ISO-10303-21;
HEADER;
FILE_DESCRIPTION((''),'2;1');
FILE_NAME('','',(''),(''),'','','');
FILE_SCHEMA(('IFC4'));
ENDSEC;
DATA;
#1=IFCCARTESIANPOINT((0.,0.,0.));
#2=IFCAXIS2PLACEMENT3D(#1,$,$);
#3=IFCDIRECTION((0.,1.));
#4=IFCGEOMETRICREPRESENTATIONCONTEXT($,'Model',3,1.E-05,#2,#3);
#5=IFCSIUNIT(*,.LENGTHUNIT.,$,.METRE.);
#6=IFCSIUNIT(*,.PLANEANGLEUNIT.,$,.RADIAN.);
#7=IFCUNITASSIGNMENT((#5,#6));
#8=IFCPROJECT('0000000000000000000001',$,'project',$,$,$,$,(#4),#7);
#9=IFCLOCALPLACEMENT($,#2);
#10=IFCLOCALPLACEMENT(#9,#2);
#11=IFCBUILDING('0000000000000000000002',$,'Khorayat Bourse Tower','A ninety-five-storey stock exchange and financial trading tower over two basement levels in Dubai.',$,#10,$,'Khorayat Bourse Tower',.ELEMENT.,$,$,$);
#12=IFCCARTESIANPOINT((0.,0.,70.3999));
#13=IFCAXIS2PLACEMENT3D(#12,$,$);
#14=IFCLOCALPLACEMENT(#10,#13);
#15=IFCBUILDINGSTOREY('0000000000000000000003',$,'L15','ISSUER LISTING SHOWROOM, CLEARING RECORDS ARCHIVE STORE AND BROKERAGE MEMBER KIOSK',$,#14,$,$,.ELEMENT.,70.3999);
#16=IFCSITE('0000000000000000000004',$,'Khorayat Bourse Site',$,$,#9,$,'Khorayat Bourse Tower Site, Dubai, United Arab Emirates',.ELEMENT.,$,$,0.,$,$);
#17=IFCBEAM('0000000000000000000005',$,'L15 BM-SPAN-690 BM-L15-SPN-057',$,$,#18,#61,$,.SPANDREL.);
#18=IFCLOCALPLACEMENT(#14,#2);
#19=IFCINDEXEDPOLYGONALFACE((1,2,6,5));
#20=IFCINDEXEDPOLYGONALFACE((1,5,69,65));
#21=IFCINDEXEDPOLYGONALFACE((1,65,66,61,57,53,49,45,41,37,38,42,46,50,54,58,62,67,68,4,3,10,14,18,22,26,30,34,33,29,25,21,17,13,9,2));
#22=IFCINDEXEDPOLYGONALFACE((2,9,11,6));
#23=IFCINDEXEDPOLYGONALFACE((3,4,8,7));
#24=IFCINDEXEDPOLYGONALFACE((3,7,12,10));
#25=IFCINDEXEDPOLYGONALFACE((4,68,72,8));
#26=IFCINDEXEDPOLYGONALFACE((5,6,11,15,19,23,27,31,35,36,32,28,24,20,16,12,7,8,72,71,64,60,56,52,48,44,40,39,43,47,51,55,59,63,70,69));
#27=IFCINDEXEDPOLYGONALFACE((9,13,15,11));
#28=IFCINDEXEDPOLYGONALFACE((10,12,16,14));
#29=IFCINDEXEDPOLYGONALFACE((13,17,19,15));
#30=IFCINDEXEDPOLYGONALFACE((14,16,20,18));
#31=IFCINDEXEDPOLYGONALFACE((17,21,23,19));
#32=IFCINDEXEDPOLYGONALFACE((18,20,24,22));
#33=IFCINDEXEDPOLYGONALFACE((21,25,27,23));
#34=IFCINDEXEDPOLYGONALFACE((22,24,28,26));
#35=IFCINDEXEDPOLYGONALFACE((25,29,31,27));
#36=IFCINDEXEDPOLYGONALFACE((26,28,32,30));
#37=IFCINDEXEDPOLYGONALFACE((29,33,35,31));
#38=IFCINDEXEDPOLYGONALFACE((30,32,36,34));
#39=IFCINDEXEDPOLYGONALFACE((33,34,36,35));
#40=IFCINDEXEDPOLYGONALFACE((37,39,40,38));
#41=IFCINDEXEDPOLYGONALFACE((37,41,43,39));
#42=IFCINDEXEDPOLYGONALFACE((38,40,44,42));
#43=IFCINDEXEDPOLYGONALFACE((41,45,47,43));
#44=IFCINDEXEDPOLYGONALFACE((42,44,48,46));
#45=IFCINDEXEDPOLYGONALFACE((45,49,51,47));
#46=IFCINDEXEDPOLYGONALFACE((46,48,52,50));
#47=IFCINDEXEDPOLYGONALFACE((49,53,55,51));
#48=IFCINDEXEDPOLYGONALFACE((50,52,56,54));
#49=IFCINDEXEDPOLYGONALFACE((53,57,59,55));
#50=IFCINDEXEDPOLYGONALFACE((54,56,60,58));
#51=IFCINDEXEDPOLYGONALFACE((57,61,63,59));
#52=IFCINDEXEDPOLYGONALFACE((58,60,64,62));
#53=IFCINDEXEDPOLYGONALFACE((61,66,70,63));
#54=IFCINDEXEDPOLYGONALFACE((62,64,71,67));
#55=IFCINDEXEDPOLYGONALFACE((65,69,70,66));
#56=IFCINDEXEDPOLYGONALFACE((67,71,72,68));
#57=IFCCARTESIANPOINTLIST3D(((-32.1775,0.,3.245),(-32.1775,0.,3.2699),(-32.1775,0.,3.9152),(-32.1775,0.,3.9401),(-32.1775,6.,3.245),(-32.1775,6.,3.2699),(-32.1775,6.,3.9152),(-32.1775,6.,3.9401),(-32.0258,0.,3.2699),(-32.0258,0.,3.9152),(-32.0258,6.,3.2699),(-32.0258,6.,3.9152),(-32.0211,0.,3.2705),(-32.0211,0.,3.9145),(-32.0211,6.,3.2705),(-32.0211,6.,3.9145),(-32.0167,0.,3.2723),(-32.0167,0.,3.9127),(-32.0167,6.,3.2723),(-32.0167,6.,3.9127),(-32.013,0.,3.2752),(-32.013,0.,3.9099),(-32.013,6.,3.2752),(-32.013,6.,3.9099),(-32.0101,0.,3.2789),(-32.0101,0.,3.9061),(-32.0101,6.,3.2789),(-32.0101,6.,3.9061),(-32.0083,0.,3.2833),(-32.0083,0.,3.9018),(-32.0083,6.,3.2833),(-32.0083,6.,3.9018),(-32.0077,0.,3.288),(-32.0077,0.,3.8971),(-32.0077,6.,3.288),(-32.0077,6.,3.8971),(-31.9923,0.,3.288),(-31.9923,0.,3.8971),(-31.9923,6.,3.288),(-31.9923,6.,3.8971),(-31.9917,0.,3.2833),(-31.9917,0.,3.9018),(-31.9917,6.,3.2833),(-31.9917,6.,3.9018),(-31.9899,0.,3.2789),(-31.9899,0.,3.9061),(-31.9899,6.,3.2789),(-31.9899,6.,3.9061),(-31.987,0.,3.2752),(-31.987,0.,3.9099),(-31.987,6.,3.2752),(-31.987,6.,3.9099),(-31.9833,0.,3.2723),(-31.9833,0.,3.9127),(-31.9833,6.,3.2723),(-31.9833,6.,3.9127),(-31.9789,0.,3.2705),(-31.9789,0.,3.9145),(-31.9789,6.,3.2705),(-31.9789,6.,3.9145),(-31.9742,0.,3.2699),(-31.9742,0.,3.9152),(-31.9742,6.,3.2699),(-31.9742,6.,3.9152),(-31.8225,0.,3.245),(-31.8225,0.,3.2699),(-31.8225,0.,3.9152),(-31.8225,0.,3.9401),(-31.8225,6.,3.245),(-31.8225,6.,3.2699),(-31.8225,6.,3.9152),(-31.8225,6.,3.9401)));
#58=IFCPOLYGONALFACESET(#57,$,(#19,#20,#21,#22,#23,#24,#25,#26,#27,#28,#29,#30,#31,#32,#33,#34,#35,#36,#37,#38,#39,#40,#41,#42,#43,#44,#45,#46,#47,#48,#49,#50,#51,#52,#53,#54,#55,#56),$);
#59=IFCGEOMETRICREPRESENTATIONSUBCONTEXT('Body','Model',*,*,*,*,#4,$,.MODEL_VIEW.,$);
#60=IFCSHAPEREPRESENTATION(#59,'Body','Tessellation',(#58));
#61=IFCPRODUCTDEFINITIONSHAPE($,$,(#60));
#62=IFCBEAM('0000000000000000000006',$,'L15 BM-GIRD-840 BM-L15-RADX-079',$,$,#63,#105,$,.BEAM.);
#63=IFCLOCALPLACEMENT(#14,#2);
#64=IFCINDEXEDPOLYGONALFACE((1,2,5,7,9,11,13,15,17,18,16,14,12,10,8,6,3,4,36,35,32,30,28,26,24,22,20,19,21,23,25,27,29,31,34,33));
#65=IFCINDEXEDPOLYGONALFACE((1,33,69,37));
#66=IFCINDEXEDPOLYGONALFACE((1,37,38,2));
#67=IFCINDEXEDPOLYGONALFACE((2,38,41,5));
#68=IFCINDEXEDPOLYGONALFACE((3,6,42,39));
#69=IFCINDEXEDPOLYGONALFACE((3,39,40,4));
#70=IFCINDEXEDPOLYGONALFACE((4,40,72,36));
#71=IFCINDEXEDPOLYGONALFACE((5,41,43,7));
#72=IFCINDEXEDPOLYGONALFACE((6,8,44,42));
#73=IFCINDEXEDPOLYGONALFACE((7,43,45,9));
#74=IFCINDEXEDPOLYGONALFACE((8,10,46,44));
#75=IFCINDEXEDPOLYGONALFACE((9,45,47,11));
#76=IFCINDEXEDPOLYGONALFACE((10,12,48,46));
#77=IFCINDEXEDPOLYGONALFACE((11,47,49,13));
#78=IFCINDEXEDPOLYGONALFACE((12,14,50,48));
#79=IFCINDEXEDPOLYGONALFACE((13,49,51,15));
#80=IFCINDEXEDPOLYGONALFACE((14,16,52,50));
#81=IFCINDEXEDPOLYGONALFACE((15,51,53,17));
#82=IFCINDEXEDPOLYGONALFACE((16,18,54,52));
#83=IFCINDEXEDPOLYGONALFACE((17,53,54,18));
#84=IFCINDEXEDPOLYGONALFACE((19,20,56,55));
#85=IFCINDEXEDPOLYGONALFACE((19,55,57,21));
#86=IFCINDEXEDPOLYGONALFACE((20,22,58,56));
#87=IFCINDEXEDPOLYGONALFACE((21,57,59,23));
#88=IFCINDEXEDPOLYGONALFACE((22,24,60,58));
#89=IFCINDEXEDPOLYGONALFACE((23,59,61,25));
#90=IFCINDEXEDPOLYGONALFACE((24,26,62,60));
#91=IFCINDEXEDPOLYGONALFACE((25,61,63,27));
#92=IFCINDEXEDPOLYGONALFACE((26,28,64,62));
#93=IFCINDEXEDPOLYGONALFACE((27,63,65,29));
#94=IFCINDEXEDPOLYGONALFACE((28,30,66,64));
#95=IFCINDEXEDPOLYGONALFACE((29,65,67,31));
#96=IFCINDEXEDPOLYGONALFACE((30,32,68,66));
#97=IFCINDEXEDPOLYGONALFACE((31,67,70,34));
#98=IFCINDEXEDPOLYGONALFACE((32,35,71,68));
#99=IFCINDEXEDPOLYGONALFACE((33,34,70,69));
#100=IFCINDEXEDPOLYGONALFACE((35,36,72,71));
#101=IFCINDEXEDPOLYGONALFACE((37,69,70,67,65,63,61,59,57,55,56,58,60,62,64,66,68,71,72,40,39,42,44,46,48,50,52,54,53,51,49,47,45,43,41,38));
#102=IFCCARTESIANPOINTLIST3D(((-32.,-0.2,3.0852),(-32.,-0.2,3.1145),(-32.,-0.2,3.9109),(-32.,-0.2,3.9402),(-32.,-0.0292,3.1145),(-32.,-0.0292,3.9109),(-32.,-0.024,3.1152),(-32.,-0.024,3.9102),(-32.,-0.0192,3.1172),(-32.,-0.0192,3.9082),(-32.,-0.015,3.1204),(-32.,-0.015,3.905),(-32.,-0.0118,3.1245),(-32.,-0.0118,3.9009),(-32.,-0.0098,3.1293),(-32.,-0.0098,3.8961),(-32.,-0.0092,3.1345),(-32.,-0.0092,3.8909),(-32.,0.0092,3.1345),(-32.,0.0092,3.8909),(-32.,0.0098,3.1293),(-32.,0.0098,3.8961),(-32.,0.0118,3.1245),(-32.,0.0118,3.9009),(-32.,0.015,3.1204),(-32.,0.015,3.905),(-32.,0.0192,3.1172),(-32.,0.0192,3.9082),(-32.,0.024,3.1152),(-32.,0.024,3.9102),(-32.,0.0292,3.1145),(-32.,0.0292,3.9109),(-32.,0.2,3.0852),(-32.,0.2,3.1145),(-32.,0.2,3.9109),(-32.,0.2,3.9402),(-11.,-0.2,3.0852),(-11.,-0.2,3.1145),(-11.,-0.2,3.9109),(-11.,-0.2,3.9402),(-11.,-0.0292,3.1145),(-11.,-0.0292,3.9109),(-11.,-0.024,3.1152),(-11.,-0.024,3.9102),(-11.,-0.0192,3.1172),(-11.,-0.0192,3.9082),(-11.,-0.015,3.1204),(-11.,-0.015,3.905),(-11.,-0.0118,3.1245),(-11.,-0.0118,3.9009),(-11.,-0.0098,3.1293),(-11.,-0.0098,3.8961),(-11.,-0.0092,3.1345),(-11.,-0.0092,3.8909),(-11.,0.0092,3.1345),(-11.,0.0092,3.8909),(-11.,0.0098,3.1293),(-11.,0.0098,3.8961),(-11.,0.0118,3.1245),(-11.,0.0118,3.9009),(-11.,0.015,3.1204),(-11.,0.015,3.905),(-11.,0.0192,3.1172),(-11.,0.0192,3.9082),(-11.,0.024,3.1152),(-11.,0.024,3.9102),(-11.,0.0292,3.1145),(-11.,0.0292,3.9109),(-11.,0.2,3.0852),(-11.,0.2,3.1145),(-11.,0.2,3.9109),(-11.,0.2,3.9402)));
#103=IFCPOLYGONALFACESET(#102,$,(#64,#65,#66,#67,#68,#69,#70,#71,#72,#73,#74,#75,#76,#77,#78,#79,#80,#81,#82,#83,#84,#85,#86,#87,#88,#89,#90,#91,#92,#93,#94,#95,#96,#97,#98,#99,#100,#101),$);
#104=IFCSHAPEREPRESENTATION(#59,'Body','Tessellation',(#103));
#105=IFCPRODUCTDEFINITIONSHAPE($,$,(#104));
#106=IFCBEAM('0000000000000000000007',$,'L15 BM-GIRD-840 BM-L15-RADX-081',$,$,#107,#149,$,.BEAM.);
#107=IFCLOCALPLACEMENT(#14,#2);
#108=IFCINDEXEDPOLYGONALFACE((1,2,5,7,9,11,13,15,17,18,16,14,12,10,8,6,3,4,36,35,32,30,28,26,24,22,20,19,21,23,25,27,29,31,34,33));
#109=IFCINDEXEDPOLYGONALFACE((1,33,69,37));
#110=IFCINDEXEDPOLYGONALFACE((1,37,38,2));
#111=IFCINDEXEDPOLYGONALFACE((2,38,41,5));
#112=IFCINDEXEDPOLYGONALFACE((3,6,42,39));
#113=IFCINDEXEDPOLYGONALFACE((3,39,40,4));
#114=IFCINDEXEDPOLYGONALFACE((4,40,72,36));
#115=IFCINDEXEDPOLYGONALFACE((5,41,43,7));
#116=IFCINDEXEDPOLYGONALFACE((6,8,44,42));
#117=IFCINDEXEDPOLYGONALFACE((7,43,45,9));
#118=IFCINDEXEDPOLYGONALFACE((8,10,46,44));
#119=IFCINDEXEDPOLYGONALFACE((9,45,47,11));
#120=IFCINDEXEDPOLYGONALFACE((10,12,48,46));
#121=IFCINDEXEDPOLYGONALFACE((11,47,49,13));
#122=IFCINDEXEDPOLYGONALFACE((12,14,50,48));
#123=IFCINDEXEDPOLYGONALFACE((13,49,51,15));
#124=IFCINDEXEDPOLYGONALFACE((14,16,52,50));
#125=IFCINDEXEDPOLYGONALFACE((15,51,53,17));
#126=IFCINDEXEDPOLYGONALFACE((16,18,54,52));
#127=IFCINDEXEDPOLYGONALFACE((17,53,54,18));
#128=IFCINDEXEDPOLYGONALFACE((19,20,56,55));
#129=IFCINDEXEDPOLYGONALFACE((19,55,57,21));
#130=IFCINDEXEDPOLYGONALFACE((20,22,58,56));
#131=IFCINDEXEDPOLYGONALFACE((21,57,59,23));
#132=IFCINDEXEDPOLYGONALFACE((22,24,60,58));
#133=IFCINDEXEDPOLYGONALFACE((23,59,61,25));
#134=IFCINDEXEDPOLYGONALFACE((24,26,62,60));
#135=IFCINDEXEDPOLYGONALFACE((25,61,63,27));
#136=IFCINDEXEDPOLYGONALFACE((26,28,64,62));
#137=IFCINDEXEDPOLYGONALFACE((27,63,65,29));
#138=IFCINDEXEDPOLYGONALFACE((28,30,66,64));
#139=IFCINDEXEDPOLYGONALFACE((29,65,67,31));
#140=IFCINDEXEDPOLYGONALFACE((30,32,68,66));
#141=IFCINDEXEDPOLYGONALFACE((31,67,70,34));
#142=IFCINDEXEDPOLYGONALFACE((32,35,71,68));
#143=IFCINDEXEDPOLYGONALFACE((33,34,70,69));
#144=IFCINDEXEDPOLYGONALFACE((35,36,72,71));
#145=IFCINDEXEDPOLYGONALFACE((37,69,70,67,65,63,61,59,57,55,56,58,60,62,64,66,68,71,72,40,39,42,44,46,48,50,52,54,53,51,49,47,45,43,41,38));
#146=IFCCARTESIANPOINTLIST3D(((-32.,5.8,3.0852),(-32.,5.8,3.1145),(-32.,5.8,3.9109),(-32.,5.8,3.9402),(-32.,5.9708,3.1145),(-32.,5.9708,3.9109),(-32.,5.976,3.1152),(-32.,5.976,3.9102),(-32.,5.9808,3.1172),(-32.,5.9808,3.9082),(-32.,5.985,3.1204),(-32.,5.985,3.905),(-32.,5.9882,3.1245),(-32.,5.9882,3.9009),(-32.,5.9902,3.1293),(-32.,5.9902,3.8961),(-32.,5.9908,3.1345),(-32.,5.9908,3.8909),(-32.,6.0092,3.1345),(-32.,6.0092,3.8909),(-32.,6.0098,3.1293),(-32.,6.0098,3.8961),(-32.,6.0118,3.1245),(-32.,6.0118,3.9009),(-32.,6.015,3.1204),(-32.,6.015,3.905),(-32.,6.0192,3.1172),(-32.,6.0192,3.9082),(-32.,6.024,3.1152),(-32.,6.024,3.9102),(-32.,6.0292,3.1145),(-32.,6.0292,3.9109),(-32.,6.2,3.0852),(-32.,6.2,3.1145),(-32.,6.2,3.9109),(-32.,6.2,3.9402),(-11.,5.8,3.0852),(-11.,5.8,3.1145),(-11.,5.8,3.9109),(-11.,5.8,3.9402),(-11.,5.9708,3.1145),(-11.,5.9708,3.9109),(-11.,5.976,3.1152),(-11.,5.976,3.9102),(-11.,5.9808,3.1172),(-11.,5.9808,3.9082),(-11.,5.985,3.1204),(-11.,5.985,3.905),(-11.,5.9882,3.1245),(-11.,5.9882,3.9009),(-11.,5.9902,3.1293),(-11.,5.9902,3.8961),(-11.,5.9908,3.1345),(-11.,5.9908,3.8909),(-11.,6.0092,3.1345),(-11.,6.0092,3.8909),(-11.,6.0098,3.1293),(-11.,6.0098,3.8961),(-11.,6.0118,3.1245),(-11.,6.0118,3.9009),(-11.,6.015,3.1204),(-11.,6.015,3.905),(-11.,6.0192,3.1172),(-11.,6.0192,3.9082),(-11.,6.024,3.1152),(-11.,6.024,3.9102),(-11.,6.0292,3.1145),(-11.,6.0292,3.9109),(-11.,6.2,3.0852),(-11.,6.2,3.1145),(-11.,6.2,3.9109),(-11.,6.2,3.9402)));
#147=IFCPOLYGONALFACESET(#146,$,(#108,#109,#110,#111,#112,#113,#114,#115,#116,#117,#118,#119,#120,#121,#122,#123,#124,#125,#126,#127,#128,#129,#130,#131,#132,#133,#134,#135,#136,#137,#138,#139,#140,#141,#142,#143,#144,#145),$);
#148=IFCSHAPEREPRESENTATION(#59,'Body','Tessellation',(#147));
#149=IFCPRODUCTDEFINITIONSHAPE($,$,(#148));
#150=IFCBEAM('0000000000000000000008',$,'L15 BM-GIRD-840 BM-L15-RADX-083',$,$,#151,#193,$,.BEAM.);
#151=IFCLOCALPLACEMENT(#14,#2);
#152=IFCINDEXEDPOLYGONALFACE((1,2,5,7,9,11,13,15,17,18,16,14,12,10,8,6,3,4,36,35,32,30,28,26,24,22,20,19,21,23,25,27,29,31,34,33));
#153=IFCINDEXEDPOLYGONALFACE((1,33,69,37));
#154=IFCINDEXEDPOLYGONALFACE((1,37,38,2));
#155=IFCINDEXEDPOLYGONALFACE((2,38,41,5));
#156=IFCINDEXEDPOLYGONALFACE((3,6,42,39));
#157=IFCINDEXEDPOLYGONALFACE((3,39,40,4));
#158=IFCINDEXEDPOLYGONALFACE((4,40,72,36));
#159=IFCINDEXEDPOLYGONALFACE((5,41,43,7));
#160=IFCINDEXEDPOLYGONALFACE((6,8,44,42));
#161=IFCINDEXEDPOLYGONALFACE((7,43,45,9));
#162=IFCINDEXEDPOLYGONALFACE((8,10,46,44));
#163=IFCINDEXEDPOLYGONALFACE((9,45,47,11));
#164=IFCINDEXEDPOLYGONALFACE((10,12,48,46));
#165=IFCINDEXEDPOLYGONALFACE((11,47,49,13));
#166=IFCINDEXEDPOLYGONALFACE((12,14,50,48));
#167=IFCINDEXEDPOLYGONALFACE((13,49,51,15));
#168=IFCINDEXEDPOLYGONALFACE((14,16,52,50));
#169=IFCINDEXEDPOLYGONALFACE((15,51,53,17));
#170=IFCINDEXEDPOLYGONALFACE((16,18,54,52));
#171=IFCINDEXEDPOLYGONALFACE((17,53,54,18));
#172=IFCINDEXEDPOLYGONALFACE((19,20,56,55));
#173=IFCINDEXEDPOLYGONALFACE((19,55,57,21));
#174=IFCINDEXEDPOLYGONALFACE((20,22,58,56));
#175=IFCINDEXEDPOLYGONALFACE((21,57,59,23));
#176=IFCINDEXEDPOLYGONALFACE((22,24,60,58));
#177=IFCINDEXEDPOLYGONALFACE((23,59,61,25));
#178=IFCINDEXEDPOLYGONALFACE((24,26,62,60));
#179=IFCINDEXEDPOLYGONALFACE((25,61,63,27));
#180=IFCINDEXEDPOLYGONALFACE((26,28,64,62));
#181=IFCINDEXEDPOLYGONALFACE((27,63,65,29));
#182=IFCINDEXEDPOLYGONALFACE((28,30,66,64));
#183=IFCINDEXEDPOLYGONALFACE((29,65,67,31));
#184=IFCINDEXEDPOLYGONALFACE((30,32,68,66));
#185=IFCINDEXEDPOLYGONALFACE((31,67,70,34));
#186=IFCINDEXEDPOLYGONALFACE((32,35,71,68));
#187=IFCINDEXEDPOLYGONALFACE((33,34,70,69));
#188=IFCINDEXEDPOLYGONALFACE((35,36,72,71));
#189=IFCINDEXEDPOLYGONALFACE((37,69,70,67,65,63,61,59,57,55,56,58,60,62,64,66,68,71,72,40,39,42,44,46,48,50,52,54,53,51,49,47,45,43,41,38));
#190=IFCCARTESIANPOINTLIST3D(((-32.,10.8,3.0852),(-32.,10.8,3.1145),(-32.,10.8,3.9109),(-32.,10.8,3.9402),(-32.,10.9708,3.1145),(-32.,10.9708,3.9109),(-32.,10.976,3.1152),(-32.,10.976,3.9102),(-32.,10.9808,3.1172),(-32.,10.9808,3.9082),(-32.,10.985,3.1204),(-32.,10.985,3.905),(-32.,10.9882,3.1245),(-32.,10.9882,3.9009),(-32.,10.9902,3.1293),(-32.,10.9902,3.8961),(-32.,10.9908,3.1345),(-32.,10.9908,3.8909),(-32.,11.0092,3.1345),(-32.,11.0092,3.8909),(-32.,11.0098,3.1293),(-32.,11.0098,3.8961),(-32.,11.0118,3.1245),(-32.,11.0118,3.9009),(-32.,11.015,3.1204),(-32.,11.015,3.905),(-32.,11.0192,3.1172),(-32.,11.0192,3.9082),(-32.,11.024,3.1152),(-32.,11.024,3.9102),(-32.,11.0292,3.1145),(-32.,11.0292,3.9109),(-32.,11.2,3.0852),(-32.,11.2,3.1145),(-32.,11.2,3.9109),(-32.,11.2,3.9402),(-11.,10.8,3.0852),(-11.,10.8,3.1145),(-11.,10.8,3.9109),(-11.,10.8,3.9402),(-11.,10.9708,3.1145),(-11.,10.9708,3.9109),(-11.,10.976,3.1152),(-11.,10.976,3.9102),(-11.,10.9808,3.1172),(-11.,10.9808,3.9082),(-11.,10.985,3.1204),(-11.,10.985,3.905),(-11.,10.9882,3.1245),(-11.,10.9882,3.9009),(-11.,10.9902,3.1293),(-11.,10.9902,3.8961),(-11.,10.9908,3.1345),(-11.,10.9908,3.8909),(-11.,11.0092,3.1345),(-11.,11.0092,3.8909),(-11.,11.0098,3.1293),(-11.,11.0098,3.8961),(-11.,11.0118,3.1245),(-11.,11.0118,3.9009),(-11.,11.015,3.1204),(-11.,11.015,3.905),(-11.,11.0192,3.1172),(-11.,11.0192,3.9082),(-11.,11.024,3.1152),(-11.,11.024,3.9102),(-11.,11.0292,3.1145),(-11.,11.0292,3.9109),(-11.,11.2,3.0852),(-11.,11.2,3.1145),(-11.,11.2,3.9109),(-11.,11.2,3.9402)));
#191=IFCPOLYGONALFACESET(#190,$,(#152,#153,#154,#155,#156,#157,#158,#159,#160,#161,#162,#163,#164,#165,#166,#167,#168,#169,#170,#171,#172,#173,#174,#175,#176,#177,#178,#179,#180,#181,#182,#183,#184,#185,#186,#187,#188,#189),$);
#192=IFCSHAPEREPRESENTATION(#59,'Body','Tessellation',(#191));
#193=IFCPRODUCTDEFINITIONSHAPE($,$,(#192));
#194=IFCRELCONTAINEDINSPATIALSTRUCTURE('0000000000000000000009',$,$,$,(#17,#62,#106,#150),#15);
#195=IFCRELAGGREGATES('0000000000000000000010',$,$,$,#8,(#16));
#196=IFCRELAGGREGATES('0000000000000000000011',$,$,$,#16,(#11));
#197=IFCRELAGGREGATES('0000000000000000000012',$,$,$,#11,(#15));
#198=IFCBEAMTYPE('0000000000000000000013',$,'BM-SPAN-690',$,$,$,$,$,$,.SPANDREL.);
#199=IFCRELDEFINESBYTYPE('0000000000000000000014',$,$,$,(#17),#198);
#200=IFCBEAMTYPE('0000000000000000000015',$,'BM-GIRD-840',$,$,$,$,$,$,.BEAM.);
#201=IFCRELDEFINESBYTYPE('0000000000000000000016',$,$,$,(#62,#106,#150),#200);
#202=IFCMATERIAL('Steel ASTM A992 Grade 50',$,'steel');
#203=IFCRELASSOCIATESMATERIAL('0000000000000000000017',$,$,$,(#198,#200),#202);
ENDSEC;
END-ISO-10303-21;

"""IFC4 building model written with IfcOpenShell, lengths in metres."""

from ifc_helpers import new_model, si_unit, direction, frame, origin, origin_2d, place, context, subcontext, project, spatial, i_section, extrude, source, transform, mapped, material, material_profile, profile_set, type_object, element, save


model = new_model("IFC4")

# Units and contexts
model_context = context("Model", 3, precision=1e-05, world=origin(), true_north=direction((0.0, 1.0)))
body_context = subcontext(model_context, "Body", "Model", "MODEL_VIEW")
ifc_project = project(units=[si_unit("LENGTHUNIT", "METRE"), si_unit("PLANEANGLEUNIT", "RADIAN")], contexts=[model_context])

# Site, building, storey
site_placement = place(None, origin())
site = spatial("IfcSite", under=ifc_project, at=site_placement, Name="Khorayat Bourse Site", LongName="Khorayat Bourse Tower Site, Dubai, United Arab Emirates", CompositionType="ELEMENT", RefElevation=0.0)
building_placement = place(site_placement, origin())
building = spatial("IfcBuilding", under=site, at=building_placement, Name="Khorayat Bourse Tower", Description="A ninety-five-storey stock exchange and financial trading tower over two basement levels in Dubai.", LongName="Khorayat Bourse Tower", CompositionType="ELEMENT")
storey_placement = place(building_placement, frame((0.0, 0.0, 70.3999)))
storey = spatial("IfcBuildingStorey", under=building, at=storey_placement, Name="L15", Description="ISSUER LISTING SHOWROOM, CLEARING RECORDS ARCHIVE STORE AND BROKERAGE MEMBER KIOSK", CompositionType="ELEMENT", Elevation=70.3999)

# Beams
ifc_material_1 = material(Name="Steel ASTM A992 Grade 50", Category="steel")
ifc_material_profile_1 = material_profile(ifc_material_1, i_section(OverallWidth=0.355, OverallDepth=0.6951, WebThickness=0.0154, FlangeThickness=0.0249, FilletRadius=0.0181, at=origin_2d()), Name="W690X217")
ifc_profile_set_1 = profile_set([ifc_material_profile_1], Name="Steel ASTM A992 Grade 50")
beam_type_1 = type_object("IfcBeamType", Name="BM-SPAN-690", PredefinedType="SPANDREL", material=ifc_profile_set_1)
shared_shape_1 = source(origin(), body_context, "Body", "SweptSolid", [
    extrude(i_section(OverallWidth=0.355, OverallDepth=0.6951, WebThickness=0.0154, FlangeThickness=0.0249, FilletRadius=0.0181, at=origin_2d()), origin(), (0.0, 0.0, 1.0), 6.0),
])
beam_1_placement = place(storey_placement, frame((-32.0, 0.0, 3.5925), z_axis=(0.0, 1.0, 0.0), x_axis=(-1.0, 0.0, 0.0)))
element("IfcBeam", 1, at=beam_1_placement, inside=storey, type_object=beam_type_1, Name="L15 BM-SPAN-690 BM-L15-SPN-057", PredefinedType="SPANDREL", context=body_context, shape_type="MappedRepresentation", body=[
    mapped(shared_shape_1, transform((0.0, 0.0, 0.0), scale=1.0)),
])
ifc_material_profile_2 = material_profile(ifc_material_1, i_section(OverallWidth=0.3999, OverallDepth=0.855, WebThickness=0.0183, FlangeThickness=0.0293, FilletRadius=0.02, at=origin_2d()), Name="W840X299")
ifc_profile_set_2 = profile_set([ifc_material_profile_2], Name="Steel ASTM A992 Grade 50")
beam_type_2 = type_object("IfcBeamType", Name="BM-GIRD-840", PredefinedType="BEAM", material=ifc_profile_set_2)
shared_shape_2 = source(origin(), body_context, "Body", "SweptSolid", [
    extrude(i_section(OverallWidth=0.3999, OverallDepth=0.855, WebThickness=0.0183, FlangeThickness=0.0293, FilletRadius=0.02, at=origin_2d()), origin(), (0.0, 0.0, 1.0), 21.0),
])
for number, where, z_axis, x_axis, name in (
    (2, (-32.0, 0.0, 3.5127), (1.0, 0.0, 0.0), (0.0, 1.0, 0.0), "L15 BM-GIRD-840 BM-L15-RADX-079"),
    (3, (-32.0, 6.0, 3.5127), (1.0, 0.0, 0.0), (0.0, 1.0, 0.0), "L15 BM-GIRD-840 BM-L15-RADX-081"),
    (4, (-32.0, 11.0, 3.5127), (1.0, 0.0, 0.0), (0.0, 1.0, 0.0), "L15 BM-GIRD-840 BM-L15-RADX-083"),
):
    element("IfcBeam", number, at=place(storey_placement, frame(where, z_axis=z_axis, x_axis=x_axis)), inside=storey, type_object=beam_type_2, Name=name, PredefinedType="BEAM", context=body_context, shape_type="MappedRepresentation", body=[
        mapped(shared_shape_2, transform((0.0, 0.0, 0.0), scale=1.0)),
    ])

save(model, "model.ifc")
